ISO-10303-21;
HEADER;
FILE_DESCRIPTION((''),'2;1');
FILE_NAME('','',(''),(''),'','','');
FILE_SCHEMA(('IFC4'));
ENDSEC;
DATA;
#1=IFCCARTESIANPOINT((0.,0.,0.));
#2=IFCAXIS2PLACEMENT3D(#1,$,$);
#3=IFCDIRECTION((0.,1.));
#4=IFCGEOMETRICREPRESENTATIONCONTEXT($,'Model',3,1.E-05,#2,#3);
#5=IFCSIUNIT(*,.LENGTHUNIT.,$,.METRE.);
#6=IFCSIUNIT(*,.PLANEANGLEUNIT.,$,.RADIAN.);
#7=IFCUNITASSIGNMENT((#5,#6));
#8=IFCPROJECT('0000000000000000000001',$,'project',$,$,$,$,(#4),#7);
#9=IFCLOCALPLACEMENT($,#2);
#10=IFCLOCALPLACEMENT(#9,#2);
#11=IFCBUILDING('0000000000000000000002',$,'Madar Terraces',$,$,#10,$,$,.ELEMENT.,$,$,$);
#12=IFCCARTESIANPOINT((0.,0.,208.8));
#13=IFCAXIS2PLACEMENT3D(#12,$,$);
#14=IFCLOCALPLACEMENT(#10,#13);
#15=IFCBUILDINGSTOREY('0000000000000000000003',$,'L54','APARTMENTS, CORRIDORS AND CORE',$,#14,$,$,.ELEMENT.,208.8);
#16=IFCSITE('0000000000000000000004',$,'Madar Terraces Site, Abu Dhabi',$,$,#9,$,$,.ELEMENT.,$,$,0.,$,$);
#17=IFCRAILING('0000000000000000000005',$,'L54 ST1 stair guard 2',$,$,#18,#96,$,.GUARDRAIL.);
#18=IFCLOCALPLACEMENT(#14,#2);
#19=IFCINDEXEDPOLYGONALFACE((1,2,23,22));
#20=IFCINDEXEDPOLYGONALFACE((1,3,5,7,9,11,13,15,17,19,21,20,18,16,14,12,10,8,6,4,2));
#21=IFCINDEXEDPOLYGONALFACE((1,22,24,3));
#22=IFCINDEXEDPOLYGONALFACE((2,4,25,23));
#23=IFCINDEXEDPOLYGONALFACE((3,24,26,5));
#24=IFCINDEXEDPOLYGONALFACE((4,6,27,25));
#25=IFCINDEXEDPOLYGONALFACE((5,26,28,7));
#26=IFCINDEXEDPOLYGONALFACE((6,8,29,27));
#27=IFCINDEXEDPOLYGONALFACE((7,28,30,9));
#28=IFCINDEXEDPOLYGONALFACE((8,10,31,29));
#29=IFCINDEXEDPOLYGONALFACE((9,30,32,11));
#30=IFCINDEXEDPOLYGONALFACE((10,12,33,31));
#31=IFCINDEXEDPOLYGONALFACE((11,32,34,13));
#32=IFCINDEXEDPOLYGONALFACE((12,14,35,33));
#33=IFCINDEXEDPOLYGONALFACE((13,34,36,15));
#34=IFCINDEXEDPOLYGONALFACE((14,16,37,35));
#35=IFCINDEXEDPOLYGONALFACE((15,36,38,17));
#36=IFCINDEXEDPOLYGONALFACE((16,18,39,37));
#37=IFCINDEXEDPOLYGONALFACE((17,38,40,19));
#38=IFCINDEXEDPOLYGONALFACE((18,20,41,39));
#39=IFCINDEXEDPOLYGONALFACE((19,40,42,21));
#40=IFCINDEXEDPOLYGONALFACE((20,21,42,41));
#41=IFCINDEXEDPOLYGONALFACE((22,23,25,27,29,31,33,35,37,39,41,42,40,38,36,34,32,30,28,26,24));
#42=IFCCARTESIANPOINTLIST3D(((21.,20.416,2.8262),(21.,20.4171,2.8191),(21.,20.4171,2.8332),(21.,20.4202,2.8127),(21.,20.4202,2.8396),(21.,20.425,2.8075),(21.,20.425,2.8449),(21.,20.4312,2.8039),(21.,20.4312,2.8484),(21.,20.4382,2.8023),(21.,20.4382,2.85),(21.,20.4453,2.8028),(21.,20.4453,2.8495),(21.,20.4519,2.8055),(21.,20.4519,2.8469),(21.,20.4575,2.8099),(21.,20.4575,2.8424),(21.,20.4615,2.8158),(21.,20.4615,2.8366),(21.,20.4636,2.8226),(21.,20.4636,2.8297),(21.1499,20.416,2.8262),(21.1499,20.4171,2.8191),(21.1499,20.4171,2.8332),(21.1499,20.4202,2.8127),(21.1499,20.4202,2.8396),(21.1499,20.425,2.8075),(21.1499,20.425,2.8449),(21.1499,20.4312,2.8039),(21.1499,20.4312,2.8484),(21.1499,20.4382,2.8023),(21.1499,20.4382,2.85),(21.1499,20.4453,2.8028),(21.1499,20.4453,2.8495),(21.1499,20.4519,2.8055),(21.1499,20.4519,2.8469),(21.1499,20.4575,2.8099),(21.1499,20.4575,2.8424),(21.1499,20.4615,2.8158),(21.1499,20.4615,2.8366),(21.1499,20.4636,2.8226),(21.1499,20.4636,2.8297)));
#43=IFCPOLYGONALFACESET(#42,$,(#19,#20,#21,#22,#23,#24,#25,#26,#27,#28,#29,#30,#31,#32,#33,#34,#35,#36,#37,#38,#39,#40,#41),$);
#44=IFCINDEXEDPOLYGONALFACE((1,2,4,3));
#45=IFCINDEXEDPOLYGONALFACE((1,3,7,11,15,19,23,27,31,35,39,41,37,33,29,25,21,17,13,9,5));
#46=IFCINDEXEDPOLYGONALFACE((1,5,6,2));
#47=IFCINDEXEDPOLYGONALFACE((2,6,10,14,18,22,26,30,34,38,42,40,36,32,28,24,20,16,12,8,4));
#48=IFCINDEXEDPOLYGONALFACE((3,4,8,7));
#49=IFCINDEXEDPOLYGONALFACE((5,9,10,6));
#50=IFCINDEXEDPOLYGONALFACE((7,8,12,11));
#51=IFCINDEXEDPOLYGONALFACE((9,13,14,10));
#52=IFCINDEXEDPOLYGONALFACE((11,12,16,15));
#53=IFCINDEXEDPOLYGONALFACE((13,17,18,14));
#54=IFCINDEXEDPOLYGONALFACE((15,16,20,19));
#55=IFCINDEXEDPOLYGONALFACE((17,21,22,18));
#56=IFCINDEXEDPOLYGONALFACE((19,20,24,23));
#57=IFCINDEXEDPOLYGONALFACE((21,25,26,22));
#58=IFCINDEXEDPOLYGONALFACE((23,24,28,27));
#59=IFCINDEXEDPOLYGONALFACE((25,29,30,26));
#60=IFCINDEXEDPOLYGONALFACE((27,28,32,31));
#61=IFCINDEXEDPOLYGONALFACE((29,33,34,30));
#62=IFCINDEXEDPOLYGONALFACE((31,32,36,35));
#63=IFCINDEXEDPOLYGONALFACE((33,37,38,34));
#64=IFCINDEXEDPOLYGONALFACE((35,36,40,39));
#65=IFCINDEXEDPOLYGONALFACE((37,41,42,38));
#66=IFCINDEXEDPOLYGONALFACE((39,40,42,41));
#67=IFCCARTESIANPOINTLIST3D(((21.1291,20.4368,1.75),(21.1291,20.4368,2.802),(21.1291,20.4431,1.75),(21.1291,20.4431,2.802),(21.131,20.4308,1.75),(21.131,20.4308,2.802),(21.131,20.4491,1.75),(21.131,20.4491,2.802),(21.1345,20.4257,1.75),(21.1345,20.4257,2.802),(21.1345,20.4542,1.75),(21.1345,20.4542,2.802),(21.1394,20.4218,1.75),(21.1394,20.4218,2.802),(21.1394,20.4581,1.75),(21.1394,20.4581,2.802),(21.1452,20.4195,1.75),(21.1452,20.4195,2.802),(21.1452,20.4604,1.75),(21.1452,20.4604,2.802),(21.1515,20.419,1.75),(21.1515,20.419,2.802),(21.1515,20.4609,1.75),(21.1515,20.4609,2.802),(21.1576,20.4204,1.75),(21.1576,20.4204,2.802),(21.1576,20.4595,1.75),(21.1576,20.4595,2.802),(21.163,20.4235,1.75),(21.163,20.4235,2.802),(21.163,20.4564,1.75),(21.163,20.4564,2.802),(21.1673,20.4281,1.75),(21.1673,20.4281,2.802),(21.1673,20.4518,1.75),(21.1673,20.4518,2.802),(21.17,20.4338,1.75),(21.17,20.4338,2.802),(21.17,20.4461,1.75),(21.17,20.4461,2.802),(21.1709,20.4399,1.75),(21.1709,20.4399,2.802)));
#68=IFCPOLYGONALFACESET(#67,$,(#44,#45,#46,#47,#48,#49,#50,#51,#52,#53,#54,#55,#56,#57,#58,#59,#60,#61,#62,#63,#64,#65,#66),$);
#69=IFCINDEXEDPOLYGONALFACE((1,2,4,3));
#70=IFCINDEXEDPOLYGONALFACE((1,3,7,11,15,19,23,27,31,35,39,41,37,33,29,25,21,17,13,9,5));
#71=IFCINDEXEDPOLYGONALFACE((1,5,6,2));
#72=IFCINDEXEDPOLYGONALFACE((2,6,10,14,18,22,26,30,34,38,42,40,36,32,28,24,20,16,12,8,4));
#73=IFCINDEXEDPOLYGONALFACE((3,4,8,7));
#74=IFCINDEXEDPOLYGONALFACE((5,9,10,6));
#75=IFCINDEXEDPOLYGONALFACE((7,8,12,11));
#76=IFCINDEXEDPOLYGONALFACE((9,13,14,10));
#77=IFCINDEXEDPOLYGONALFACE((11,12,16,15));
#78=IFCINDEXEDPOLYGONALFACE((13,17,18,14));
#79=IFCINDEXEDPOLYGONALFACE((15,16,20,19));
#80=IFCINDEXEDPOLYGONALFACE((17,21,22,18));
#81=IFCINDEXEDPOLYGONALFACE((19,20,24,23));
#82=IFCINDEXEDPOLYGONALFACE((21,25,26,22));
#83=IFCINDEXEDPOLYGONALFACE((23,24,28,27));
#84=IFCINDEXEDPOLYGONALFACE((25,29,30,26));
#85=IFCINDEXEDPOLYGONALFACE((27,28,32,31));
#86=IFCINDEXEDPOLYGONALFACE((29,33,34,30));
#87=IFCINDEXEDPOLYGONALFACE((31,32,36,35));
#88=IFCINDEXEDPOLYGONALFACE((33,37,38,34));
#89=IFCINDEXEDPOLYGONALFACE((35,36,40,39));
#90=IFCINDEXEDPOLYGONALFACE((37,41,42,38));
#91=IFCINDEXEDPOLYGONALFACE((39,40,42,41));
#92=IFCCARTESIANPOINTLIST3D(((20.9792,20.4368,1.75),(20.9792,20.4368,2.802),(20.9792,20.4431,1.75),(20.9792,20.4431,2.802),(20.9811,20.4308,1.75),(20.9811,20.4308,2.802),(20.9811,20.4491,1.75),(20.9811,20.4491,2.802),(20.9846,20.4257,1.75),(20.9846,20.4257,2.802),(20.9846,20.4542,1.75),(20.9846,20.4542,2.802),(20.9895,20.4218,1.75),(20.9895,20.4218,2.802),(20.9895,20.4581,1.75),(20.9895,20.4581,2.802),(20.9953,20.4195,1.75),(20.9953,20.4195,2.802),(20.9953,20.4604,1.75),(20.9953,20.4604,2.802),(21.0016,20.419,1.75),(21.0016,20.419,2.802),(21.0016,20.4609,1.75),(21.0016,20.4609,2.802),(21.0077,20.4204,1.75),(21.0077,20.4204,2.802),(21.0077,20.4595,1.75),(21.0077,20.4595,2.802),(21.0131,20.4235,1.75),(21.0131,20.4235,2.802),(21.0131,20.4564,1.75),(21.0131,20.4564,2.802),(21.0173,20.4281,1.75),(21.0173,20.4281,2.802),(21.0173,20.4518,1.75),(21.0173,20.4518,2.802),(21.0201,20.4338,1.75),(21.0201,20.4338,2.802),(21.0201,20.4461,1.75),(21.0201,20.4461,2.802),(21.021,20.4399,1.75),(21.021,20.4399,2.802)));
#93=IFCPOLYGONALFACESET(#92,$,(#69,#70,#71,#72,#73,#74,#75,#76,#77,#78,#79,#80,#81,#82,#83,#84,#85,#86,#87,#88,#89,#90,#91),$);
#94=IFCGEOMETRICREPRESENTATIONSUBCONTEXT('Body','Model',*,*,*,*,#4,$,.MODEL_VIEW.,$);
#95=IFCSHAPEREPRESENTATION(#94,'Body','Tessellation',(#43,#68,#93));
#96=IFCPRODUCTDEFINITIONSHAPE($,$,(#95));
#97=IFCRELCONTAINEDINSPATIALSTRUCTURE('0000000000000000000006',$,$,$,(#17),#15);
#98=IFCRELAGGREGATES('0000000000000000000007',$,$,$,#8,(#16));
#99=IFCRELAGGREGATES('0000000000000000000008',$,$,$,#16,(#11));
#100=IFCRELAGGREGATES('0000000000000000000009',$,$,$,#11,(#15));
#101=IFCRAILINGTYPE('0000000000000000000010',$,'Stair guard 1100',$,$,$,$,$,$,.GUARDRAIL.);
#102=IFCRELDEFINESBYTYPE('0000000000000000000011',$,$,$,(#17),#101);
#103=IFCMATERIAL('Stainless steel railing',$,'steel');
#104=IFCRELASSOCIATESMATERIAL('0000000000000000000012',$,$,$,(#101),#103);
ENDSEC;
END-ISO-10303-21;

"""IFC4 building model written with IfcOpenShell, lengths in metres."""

from ifc_helpers import new_model, si_unit, direction, frame, origin, origin_2d, place, context, subcontext, project, spatial, circle, extrude, material, type_object, element, save


model = new_model("IFC4")

# Units and contexts
model_context = context("Model", 3, precision=1e-05, world=origin(), true_north=direction((0.0, 1.0)))
body_context = subcontext(model_context, "Body", "Model", "MODEL_VIEW")
ifc_project = project(units=[si_unit("LENGTHUNIT", "METRE"), si_unit("PLANEANGLEUNIT", "RADIAN")], contexts=[model_context])

# Site, building, storey
site_placement = place(None, origin())
site = spatial("IfcSite", under=ifc_project, at=site_placement, Name="Madar Terraces Site, Abu Dhabi", CompositionType="ELEMENT", RefElevation=0.0)
building_placement = place(site_placement, origin())
building = spatial("IfcBuilding", under=site, at=building_placement, Name="Madar Terraces", CompositionType="ELEMENT")
storey_placement = place(building_placement, frame((0.0, 0.0, 208.8)))
storey = spatial("IfcBuildingStorey", under=building, at=storey_placement, Name="L54", Description="APARTMENTS, CORRIDORS AND CORE", CompositionType="ELEMENT", Elevation=208.8)

# Railing
ifc_material_1 = material(Name="Stainless steel railing", Category="steel")
railing_type_1 = type_object("IfcRailingType", Name="Stair guard 1100", PredefinedType="GUARDRAIL", material=ifc_material_1)
railing_1_placement = place(storey_placement, frame((21.1499, 20.4399, 1.75)))
element("IfcRailing", 1, at=railing_1_placement, inside=storey, type_object=railing_type_1, Name="L54 ST1 stair guard 2", PredefinedType="GUARDRAIL", context=body_context, shape_type="SweptSolid", body=[
    extrude(circle(Radius=0.0239, at=origin_2d()), frame((0.0, 0.0, 1.0762), z_axis=(-1.0, 0.0, 0.0), x_axis=(0.0, -1.0, 0.0)), (0.0, 0.0, 1.0), 0.1499),
    extrude(circle(Radius=0.021, at=origin_2d()), origin(), (0.0, 0.0, 1.0), 1.052),
    extrude(circle(Radius=0.021, at=origin_2d()), frame((-0.1499, 0.0, 0.0)), (0.0, 0.0, 1.0), 1.052),
])

save(model, "model.ifc")
